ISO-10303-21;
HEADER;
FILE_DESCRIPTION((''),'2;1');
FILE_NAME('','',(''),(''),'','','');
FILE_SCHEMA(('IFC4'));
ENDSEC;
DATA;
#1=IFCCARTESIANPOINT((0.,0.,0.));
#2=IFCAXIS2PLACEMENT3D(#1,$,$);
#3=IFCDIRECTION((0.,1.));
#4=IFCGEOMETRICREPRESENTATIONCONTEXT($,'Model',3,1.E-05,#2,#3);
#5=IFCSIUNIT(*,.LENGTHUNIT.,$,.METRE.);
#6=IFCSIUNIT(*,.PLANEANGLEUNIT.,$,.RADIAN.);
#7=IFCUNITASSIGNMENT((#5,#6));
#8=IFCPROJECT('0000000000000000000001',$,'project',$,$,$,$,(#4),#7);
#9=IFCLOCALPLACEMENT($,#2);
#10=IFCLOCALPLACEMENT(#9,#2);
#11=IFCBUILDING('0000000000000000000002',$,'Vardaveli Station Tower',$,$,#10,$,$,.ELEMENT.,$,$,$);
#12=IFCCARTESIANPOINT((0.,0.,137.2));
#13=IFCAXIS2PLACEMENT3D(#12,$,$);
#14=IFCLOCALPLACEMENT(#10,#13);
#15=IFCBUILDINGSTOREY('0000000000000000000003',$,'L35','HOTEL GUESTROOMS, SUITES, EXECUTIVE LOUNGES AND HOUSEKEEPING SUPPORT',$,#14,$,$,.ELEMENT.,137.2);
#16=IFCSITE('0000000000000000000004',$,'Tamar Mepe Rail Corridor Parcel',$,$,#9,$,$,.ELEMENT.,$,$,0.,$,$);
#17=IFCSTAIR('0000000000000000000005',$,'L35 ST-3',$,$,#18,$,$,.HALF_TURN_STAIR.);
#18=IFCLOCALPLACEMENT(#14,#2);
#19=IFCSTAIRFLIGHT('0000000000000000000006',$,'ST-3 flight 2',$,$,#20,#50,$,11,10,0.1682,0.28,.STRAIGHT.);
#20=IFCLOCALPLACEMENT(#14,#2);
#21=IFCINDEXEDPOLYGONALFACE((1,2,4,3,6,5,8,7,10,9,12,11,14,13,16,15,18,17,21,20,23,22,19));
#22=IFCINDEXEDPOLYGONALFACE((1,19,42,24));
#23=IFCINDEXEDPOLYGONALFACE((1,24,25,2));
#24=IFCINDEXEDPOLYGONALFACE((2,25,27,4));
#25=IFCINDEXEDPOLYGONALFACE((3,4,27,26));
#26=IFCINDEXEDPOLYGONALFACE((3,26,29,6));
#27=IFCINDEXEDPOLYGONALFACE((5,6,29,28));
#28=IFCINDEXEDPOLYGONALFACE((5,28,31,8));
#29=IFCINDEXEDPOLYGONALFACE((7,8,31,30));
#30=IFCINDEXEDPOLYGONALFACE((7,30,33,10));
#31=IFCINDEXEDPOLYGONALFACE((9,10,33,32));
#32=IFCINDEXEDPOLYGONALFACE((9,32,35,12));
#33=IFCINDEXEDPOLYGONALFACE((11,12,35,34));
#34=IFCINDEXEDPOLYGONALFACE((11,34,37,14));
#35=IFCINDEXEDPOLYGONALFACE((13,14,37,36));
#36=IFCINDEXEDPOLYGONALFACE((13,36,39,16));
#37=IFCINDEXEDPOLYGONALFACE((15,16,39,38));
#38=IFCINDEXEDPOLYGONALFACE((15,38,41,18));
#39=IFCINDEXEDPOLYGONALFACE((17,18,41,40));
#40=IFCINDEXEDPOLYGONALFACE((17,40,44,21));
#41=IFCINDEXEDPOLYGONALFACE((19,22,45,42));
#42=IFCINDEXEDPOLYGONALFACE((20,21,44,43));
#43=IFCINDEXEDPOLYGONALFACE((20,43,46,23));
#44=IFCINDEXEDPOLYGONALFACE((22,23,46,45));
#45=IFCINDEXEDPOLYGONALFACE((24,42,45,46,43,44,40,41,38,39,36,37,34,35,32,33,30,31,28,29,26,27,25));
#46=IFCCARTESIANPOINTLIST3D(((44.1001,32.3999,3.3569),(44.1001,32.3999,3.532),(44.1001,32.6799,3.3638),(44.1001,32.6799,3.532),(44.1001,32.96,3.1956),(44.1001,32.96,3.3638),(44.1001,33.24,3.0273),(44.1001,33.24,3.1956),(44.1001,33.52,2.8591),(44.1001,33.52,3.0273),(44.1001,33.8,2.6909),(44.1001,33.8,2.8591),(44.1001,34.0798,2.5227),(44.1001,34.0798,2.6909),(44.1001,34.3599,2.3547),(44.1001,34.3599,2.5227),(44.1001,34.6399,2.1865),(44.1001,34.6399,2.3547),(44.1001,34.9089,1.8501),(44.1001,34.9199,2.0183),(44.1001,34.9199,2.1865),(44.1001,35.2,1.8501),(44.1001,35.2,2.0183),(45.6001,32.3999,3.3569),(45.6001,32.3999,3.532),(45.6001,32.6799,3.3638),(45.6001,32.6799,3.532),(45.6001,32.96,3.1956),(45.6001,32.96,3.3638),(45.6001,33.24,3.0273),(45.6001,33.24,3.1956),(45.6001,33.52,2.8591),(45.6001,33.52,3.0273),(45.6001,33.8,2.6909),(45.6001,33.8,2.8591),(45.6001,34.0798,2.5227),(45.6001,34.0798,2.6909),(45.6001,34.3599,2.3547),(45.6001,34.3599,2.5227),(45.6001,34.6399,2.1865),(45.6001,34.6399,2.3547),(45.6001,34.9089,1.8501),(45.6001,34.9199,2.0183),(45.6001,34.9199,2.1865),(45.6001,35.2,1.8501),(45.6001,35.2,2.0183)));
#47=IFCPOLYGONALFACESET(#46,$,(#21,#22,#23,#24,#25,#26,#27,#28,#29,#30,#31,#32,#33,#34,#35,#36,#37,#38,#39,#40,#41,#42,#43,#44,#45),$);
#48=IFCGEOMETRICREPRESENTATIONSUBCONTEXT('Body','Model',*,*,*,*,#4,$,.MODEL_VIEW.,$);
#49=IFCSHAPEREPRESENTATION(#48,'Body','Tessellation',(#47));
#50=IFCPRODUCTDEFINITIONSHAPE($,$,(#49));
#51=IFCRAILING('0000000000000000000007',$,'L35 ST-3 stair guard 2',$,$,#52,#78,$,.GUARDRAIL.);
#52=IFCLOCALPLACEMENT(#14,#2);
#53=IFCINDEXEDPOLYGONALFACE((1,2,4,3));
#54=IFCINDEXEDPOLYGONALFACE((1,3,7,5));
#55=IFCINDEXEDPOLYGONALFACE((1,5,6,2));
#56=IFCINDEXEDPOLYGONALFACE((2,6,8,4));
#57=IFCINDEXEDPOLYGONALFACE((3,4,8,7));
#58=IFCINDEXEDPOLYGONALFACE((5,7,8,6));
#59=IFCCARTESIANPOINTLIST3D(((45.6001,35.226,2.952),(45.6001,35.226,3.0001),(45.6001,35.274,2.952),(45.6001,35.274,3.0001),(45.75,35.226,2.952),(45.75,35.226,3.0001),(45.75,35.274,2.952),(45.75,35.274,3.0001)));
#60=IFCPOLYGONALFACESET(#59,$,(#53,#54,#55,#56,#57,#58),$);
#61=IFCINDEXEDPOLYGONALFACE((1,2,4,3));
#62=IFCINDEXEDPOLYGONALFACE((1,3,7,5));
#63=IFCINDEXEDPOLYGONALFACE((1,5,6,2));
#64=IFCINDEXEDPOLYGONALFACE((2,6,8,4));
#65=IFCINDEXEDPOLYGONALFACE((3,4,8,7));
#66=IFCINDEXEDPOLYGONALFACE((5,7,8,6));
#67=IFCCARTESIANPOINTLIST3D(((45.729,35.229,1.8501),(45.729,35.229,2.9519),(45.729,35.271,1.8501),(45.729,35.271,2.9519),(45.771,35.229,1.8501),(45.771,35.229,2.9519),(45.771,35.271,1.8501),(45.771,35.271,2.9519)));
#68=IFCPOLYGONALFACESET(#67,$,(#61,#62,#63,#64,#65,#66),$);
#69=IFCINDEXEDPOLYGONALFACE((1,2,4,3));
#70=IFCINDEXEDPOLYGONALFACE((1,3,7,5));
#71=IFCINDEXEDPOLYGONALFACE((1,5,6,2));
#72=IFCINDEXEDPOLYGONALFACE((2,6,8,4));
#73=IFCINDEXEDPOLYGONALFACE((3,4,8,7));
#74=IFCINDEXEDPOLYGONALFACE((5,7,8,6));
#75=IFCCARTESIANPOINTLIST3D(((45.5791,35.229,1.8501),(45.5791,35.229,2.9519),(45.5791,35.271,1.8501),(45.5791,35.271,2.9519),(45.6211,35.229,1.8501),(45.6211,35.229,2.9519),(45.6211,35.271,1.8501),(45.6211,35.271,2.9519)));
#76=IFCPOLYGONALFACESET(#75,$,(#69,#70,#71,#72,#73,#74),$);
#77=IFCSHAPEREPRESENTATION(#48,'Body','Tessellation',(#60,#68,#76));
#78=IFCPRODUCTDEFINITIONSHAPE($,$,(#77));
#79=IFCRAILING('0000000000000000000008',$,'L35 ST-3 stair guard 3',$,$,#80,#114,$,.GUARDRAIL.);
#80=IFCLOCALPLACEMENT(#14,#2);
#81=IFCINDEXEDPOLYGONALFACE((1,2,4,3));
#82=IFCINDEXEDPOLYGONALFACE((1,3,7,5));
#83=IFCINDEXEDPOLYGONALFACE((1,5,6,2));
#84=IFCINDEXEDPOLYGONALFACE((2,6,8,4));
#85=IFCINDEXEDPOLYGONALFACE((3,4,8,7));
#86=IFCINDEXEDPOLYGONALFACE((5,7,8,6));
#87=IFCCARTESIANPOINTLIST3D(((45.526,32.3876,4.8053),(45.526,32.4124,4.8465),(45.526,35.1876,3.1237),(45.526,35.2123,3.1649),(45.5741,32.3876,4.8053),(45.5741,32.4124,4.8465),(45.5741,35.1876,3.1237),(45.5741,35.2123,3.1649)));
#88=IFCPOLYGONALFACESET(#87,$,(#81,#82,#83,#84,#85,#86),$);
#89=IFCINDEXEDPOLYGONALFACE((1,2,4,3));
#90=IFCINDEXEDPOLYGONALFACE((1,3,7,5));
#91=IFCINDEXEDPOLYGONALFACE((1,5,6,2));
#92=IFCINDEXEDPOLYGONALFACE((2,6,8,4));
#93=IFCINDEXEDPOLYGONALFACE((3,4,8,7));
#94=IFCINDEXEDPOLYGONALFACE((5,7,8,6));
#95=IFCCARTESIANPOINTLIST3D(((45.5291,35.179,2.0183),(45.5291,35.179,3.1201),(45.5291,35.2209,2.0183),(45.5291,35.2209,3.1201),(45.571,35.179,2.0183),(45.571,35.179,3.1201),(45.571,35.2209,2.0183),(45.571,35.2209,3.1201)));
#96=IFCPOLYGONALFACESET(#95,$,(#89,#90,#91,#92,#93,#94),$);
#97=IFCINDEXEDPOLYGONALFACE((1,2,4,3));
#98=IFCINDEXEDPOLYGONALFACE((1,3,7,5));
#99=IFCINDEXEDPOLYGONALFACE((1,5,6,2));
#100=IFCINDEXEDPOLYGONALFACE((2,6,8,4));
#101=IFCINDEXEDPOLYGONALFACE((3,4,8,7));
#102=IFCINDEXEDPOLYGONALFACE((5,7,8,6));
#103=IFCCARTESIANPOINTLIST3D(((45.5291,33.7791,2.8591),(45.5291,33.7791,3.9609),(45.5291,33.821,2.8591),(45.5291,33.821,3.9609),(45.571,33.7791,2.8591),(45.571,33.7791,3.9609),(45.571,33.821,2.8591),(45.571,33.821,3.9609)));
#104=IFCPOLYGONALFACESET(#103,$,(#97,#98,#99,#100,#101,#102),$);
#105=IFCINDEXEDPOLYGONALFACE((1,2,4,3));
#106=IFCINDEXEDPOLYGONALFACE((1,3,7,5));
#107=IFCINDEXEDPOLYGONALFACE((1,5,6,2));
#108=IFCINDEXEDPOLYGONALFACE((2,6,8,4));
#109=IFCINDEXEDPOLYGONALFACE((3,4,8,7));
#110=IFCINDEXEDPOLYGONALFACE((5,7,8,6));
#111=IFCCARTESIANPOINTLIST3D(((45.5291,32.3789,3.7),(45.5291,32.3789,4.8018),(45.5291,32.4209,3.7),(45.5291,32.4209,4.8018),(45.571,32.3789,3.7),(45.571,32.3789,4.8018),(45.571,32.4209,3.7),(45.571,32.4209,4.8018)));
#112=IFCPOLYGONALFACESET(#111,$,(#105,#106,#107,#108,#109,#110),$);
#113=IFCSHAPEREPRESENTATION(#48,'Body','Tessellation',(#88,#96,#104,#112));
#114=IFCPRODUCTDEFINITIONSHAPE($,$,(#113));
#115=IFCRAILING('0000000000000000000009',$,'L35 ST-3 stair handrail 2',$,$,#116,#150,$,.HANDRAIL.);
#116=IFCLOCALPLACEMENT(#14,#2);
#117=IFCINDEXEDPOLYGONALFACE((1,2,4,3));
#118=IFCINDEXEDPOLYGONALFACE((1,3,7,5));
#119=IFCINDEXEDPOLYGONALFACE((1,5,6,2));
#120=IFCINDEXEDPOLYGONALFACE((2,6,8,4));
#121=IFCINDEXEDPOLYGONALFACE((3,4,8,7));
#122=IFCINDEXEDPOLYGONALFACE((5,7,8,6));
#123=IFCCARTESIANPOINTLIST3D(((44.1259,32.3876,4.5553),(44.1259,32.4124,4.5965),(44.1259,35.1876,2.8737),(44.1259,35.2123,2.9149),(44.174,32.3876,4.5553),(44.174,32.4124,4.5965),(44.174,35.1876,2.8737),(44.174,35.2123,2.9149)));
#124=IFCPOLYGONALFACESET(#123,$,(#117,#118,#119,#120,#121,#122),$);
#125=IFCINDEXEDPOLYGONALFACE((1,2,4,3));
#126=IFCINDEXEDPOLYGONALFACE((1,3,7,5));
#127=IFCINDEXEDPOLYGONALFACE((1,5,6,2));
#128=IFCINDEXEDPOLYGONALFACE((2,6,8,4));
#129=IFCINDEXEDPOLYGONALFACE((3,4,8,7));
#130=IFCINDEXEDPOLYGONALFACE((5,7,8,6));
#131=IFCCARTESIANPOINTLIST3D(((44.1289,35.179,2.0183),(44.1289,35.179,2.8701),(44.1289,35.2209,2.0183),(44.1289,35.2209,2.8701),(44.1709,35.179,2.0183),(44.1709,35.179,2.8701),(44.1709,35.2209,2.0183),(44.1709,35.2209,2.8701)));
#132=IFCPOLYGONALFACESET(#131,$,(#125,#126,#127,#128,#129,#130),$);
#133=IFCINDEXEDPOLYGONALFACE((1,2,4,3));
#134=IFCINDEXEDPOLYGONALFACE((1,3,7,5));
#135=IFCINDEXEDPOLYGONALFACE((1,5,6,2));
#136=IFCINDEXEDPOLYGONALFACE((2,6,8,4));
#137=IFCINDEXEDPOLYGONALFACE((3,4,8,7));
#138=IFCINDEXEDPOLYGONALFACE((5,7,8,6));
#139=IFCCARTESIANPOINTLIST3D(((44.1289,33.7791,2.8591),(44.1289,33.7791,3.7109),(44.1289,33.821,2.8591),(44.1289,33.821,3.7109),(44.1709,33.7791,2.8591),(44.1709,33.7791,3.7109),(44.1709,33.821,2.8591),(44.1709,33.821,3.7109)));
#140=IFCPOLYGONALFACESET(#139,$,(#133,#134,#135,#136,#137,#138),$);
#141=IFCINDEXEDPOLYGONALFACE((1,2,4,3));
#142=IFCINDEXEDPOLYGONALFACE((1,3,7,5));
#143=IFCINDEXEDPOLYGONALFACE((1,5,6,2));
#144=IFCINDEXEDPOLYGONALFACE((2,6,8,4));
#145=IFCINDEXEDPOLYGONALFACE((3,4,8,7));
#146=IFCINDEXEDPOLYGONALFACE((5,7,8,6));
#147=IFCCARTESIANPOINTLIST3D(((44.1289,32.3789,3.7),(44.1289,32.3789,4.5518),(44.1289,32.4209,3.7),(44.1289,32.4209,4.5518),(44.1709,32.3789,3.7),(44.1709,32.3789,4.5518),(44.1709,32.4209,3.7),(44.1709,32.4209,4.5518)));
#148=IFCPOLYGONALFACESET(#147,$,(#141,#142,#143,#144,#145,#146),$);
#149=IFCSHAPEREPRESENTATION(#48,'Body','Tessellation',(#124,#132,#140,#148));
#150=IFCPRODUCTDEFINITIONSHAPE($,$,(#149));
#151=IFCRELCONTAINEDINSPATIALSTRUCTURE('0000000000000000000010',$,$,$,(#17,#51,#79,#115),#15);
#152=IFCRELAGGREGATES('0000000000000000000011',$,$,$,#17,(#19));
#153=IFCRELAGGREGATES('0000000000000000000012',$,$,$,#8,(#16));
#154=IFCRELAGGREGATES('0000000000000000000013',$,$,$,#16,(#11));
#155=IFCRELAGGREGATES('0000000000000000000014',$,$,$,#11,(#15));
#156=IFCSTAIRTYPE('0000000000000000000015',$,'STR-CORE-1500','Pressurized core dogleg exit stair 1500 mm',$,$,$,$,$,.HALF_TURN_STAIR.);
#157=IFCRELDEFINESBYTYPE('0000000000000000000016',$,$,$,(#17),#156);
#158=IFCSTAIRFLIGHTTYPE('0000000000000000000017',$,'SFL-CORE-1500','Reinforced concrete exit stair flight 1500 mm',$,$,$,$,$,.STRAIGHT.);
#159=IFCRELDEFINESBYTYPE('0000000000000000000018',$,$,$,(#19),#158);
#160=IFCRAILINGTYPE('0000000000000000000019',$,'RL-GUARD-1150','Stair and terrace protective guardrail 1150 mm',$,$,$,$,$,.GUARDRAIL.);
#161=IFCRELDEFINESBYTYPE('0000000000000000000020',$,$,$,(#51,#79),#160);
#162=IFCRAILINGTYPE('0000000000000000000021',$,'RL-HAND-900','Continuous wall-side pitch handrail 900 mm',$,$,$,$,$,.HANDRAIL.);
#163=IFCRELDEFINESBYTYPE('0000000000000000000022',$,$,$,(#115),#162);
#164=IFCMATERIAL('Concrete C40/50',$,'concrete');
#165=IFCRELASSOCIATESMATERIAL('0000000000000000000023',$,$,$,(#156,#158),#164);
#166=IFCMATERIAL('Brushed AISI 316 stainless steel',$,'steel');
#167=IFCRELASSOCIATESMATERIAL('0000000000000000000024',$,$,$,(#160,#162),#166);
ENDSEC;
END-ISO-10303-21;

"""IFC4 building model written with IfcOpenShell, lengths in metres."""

from ifc_helpers import new_model, si_unit, direction, frame, origin, origin_2d, place, context, subcontext, project, spatial, polyline, rectangle, outline, extrude, source, transform, mapped, material, type_object, element, aggregate, save


model = new_model("IFC4")

# Units and contexts
model_context = context("Model", 3, precision=1e-05, world=origin(), true_north=direction((0.0, 1.0)))
body_context = subcontext(model_context, "Body", "Model", "MODEL_VIEW")
ifc_project = project(units=[si_unit("LENGTHUNIT", "METRE"), si_unit("PLANEANGLEUNIT", "RADIAN")], contexts=[model_context])

# Site, building, storey
site_placement = place(None, origin())
site = spatial("IfcSite", under=ifc_project, at=site_placement, Name="Tamar Mepe Rail Corridor Parcel", CompositionType="ELEMENT", RefElevation=0.0)
building_placement = place(site_placement, origin())
building = spatial("IfcBuilding", under=site, at=building_placement, Name="Vardaveli Station Tower", CompositionType="ELEMENT")
storey_placement = place(building_placement, frame((0.0, 0.0, 137.2)))
storey = spatial("IfcBuildingStorey", under=building, at=storey_placement, Name="L35", Description="HOTEL GUESTROOMS, SUITES, EXECUTIVE LOUNGES AND HOUSEKEEPING SUPPORT", CompositionType="ELEMENT", Elevation=137.2)

# Shared definitions
ifc_material_1 = material(Name="Concrete C40/50", Category="concrete")

# Stair, stair flight
stair_type = type_object("IfcStairType", Name="STR-CORE-1500", Description="Pressurized core dogleg exit stair 1500 mm", PredefinedType="HALF_TURN_STAIR", material=ifc_material_1)
stair_placement = place(storey_placement, origin())
stair = element("IfcStair", 1, at=stair_placement, inside=storey, type_object=stair_type, Name="L35 ST-3", PredefinedType="HALF_TURN_STAIR")
stair_flight_type = type_object("IfcStairFlightType", Name="SFL-CORE-1500", Description="Reinforced concrete exit stair flight 1500 mm", PredefinedType="STRAIGHT", material=ifc_material_1)
shared_shape_1 = source(origin(), body_context, "Body", "SweptSolid", [
    extrude(outline(polyline([(0.0, 0.0), (0.0, 0.1682), (0.28, 0.1682), (0.28, 0.3364), (0.5601, 0.3364), (0.5601, 0.5046), (0.8401, 0.5046), (0.8401, 0.6726), (1.1201, 0.6726), (1.1201, 0.8408), (1.3999, 0.8408), (1.3999, 1.009), (1.6799, 1.009), (1.6799, 1.1772), (1.96, 1.1772), (1.96, 1.3455), (2.24, 1.3455), (2.24, 1.5137), (2.52, 1.5137), (2.52, 1.6819), (2.8, 1.6819), (2.8, 1.8501), (2.8, 1.5068), (0.291, 0.0), (0.0, 0.0)])), frame((0.0, 0.75, 0.0), z_axis=(0.0, -1.0, 0.0), x_axis=(1.0, 0.0, 0.0)), (0.0, 0.0, 1.0), 1.5),
])
stair_flight_placement = place(storey_placement, frame((44.8501, 35.2, 1.8501), z_axis=(0.0, 0.0, 1.0), x_axis=(0.0, -1.0, 0.0)))
stair_flight = element("IfcStairFlight", 2, at=stair_flight_placement, type_object=stair_flight_type, Name="ST-3 flight 2", NumberOfRisers=11, NumberOfTreads=10, PredefinedType="STRAIGHT", RiserHeight=0.1682, TreadLength=0.28, context=body_context, shape_type="MappedRepresentation", body=[
    mapped(shared_shape_1, transform((0.0, 0.0, 0.0), scale=1.0)),
])
aggregate(stair, [stair_flight])

# Railings
ifc_material_2 = material(Name="Brushed AISI 316 stainless steel", Category="steel")
railing_type_1 = type_object("IfcRailingType", Name="RL-GUARD-1150", Description="Stair and terrace protective guardrail 1150 mm", PredefinedType="GUARDRAIL", material=ifc_material_2)
shared_shape_2 = source(origin(), body_context, "Body", "SweptSolid", [
    extrude(rectangle(XDim=0.0481, YDim=0.0481, at=origin_2d()), frame((0.0, 0.0, 1.126), z_axis=(-1.0, 0.0, 0.0), x_axis=(0.0, -1.0, 0.0)), (0.0, 0.0, 1.0), 0.1499),
    extrude(rectangle(XDim=0.042, YDim=0.042, at=origin_2d()), origin(), (0.0, 0.0, 1.0), 1.1018),
    extrude(rectangle(XDim=0.042, YDim=0.042, at=origin_2d()), frame((-0.1499, 0.0, 0.0)), (0.0, 0.0, 1.0), 1.1018),
])
railing_1_placement = place(storey_placement, frame((45.75, 35.25, 1.8501)))
element("IfcRailing", 3, at=railing_1_placement, inside=storey, type_object=railing_type_1, Name="L35 ST-3 stair guard 2", PredefinedType="GUARDRAIL", context=body_context, shape_type="MappedRepresentation", body=[
    mapped(shared_shape_2, transform((0.0, 0.0, 0.0), scale=1.0)),
])
shared_shape_3 = source(origin(), body_context, "Body", "SweptSolid", [
    extrude(rectangle(XDim=0.0481, YDim=0.0481, at=origin_2d()), frame((0.0, 0.0, 1.126), z_axis=(0.0, -0.857275, 0.514858), x_axis=(1.0, 0.0, 0.0)), (0.0, 0.0, 1.0), 3.2661),
    extrude(rectangle(XDim=0.042, YDim=0.042, at=origin_2d()), origin(), (0.0, 0.0, 1.0), 1.1018),
    extrude(rectangle(XDim=0.042, YDim=0.042, at=origin_2d()), frame((0.0, -1.3999, 0.8408)), (0.0, 0.0, 1.0), 1.1018),
    extrude(rectangle(XDim=0.042, YDim=0.042, at=origin_2d()), frame((0.0, -2.8, 1.6816)), (0.0, 0.0, 1.0), 1.1018),
])
railing_2_placement = place(storey_placement, frame((45.55, 35.2, 2.0183)))
element("IfcRailing", 4, at=railing_2_placement, inside=storey, type_object=railing_type_1, Name="L35 ST-3 stair guard 3", PredefinedType="GUARDRAIL", context=body_context, shape_type="MappedRepresentation", body=[
    mapped(shared_shape_3, transform((0.0, 0.0, 0.0), scale=1.0)),
])
railing_type_2 = type_object("IfcRailingType", Name="RL-HAND-900", Description="Continuous wall-side pitch handrail 900 mm", PredefinedType="HANDRAIL", material=ifc_material_2)
shared_shape_4 = source(origin(), body_context, "Body", "SweptSolid", [
    extrude(rectangle(XDim=0.0481, YDim=0.0481, at=origin_2d()), frame((0.0, 0.0, 0.876), z_axis=(0.0, -0.857275, 0.514858), x_axis=(1.0, 0.0, 0.0)), (0.0, 0.0, 1.0), 3.2661),
    extrude(rectangle(XDim=0.042, YDim=0.042, at=origin_2d()), origin(), (0.0, 0.0, 1.0), 0.8518),
    extrude(rectangle(XDim=0.042, YDim=0.042, at=origin_2d()), frame((0.0, -1.3999, 0.8408)), (0.0, 0.0, 1.0), 0.8518),
    extrude(rectangle(XDim=0.042, YDim=0.042, at=origin_2d()), frame((0.0, -2.8, 1.6816)), (0.0, 0.0, 1.0), 0.8518),
])
railing_3_placement = place(storey_placement, frame((44.1499, 35.2, 2.0183)))
element("IfcRailing", 5, at=railing_3_placement, inside=storey, type_object=railing_type_2, Name="L35 ST-3 stair handrail 2", PredefinedType="HANDRAIL", context=body_context, shape_type="MappedRepresentation", body=[
    mapped(shared_shape_4, transform((0.0, 0.0, 0.0), scale=1.0)),
])

save(model, "model.ifc")
